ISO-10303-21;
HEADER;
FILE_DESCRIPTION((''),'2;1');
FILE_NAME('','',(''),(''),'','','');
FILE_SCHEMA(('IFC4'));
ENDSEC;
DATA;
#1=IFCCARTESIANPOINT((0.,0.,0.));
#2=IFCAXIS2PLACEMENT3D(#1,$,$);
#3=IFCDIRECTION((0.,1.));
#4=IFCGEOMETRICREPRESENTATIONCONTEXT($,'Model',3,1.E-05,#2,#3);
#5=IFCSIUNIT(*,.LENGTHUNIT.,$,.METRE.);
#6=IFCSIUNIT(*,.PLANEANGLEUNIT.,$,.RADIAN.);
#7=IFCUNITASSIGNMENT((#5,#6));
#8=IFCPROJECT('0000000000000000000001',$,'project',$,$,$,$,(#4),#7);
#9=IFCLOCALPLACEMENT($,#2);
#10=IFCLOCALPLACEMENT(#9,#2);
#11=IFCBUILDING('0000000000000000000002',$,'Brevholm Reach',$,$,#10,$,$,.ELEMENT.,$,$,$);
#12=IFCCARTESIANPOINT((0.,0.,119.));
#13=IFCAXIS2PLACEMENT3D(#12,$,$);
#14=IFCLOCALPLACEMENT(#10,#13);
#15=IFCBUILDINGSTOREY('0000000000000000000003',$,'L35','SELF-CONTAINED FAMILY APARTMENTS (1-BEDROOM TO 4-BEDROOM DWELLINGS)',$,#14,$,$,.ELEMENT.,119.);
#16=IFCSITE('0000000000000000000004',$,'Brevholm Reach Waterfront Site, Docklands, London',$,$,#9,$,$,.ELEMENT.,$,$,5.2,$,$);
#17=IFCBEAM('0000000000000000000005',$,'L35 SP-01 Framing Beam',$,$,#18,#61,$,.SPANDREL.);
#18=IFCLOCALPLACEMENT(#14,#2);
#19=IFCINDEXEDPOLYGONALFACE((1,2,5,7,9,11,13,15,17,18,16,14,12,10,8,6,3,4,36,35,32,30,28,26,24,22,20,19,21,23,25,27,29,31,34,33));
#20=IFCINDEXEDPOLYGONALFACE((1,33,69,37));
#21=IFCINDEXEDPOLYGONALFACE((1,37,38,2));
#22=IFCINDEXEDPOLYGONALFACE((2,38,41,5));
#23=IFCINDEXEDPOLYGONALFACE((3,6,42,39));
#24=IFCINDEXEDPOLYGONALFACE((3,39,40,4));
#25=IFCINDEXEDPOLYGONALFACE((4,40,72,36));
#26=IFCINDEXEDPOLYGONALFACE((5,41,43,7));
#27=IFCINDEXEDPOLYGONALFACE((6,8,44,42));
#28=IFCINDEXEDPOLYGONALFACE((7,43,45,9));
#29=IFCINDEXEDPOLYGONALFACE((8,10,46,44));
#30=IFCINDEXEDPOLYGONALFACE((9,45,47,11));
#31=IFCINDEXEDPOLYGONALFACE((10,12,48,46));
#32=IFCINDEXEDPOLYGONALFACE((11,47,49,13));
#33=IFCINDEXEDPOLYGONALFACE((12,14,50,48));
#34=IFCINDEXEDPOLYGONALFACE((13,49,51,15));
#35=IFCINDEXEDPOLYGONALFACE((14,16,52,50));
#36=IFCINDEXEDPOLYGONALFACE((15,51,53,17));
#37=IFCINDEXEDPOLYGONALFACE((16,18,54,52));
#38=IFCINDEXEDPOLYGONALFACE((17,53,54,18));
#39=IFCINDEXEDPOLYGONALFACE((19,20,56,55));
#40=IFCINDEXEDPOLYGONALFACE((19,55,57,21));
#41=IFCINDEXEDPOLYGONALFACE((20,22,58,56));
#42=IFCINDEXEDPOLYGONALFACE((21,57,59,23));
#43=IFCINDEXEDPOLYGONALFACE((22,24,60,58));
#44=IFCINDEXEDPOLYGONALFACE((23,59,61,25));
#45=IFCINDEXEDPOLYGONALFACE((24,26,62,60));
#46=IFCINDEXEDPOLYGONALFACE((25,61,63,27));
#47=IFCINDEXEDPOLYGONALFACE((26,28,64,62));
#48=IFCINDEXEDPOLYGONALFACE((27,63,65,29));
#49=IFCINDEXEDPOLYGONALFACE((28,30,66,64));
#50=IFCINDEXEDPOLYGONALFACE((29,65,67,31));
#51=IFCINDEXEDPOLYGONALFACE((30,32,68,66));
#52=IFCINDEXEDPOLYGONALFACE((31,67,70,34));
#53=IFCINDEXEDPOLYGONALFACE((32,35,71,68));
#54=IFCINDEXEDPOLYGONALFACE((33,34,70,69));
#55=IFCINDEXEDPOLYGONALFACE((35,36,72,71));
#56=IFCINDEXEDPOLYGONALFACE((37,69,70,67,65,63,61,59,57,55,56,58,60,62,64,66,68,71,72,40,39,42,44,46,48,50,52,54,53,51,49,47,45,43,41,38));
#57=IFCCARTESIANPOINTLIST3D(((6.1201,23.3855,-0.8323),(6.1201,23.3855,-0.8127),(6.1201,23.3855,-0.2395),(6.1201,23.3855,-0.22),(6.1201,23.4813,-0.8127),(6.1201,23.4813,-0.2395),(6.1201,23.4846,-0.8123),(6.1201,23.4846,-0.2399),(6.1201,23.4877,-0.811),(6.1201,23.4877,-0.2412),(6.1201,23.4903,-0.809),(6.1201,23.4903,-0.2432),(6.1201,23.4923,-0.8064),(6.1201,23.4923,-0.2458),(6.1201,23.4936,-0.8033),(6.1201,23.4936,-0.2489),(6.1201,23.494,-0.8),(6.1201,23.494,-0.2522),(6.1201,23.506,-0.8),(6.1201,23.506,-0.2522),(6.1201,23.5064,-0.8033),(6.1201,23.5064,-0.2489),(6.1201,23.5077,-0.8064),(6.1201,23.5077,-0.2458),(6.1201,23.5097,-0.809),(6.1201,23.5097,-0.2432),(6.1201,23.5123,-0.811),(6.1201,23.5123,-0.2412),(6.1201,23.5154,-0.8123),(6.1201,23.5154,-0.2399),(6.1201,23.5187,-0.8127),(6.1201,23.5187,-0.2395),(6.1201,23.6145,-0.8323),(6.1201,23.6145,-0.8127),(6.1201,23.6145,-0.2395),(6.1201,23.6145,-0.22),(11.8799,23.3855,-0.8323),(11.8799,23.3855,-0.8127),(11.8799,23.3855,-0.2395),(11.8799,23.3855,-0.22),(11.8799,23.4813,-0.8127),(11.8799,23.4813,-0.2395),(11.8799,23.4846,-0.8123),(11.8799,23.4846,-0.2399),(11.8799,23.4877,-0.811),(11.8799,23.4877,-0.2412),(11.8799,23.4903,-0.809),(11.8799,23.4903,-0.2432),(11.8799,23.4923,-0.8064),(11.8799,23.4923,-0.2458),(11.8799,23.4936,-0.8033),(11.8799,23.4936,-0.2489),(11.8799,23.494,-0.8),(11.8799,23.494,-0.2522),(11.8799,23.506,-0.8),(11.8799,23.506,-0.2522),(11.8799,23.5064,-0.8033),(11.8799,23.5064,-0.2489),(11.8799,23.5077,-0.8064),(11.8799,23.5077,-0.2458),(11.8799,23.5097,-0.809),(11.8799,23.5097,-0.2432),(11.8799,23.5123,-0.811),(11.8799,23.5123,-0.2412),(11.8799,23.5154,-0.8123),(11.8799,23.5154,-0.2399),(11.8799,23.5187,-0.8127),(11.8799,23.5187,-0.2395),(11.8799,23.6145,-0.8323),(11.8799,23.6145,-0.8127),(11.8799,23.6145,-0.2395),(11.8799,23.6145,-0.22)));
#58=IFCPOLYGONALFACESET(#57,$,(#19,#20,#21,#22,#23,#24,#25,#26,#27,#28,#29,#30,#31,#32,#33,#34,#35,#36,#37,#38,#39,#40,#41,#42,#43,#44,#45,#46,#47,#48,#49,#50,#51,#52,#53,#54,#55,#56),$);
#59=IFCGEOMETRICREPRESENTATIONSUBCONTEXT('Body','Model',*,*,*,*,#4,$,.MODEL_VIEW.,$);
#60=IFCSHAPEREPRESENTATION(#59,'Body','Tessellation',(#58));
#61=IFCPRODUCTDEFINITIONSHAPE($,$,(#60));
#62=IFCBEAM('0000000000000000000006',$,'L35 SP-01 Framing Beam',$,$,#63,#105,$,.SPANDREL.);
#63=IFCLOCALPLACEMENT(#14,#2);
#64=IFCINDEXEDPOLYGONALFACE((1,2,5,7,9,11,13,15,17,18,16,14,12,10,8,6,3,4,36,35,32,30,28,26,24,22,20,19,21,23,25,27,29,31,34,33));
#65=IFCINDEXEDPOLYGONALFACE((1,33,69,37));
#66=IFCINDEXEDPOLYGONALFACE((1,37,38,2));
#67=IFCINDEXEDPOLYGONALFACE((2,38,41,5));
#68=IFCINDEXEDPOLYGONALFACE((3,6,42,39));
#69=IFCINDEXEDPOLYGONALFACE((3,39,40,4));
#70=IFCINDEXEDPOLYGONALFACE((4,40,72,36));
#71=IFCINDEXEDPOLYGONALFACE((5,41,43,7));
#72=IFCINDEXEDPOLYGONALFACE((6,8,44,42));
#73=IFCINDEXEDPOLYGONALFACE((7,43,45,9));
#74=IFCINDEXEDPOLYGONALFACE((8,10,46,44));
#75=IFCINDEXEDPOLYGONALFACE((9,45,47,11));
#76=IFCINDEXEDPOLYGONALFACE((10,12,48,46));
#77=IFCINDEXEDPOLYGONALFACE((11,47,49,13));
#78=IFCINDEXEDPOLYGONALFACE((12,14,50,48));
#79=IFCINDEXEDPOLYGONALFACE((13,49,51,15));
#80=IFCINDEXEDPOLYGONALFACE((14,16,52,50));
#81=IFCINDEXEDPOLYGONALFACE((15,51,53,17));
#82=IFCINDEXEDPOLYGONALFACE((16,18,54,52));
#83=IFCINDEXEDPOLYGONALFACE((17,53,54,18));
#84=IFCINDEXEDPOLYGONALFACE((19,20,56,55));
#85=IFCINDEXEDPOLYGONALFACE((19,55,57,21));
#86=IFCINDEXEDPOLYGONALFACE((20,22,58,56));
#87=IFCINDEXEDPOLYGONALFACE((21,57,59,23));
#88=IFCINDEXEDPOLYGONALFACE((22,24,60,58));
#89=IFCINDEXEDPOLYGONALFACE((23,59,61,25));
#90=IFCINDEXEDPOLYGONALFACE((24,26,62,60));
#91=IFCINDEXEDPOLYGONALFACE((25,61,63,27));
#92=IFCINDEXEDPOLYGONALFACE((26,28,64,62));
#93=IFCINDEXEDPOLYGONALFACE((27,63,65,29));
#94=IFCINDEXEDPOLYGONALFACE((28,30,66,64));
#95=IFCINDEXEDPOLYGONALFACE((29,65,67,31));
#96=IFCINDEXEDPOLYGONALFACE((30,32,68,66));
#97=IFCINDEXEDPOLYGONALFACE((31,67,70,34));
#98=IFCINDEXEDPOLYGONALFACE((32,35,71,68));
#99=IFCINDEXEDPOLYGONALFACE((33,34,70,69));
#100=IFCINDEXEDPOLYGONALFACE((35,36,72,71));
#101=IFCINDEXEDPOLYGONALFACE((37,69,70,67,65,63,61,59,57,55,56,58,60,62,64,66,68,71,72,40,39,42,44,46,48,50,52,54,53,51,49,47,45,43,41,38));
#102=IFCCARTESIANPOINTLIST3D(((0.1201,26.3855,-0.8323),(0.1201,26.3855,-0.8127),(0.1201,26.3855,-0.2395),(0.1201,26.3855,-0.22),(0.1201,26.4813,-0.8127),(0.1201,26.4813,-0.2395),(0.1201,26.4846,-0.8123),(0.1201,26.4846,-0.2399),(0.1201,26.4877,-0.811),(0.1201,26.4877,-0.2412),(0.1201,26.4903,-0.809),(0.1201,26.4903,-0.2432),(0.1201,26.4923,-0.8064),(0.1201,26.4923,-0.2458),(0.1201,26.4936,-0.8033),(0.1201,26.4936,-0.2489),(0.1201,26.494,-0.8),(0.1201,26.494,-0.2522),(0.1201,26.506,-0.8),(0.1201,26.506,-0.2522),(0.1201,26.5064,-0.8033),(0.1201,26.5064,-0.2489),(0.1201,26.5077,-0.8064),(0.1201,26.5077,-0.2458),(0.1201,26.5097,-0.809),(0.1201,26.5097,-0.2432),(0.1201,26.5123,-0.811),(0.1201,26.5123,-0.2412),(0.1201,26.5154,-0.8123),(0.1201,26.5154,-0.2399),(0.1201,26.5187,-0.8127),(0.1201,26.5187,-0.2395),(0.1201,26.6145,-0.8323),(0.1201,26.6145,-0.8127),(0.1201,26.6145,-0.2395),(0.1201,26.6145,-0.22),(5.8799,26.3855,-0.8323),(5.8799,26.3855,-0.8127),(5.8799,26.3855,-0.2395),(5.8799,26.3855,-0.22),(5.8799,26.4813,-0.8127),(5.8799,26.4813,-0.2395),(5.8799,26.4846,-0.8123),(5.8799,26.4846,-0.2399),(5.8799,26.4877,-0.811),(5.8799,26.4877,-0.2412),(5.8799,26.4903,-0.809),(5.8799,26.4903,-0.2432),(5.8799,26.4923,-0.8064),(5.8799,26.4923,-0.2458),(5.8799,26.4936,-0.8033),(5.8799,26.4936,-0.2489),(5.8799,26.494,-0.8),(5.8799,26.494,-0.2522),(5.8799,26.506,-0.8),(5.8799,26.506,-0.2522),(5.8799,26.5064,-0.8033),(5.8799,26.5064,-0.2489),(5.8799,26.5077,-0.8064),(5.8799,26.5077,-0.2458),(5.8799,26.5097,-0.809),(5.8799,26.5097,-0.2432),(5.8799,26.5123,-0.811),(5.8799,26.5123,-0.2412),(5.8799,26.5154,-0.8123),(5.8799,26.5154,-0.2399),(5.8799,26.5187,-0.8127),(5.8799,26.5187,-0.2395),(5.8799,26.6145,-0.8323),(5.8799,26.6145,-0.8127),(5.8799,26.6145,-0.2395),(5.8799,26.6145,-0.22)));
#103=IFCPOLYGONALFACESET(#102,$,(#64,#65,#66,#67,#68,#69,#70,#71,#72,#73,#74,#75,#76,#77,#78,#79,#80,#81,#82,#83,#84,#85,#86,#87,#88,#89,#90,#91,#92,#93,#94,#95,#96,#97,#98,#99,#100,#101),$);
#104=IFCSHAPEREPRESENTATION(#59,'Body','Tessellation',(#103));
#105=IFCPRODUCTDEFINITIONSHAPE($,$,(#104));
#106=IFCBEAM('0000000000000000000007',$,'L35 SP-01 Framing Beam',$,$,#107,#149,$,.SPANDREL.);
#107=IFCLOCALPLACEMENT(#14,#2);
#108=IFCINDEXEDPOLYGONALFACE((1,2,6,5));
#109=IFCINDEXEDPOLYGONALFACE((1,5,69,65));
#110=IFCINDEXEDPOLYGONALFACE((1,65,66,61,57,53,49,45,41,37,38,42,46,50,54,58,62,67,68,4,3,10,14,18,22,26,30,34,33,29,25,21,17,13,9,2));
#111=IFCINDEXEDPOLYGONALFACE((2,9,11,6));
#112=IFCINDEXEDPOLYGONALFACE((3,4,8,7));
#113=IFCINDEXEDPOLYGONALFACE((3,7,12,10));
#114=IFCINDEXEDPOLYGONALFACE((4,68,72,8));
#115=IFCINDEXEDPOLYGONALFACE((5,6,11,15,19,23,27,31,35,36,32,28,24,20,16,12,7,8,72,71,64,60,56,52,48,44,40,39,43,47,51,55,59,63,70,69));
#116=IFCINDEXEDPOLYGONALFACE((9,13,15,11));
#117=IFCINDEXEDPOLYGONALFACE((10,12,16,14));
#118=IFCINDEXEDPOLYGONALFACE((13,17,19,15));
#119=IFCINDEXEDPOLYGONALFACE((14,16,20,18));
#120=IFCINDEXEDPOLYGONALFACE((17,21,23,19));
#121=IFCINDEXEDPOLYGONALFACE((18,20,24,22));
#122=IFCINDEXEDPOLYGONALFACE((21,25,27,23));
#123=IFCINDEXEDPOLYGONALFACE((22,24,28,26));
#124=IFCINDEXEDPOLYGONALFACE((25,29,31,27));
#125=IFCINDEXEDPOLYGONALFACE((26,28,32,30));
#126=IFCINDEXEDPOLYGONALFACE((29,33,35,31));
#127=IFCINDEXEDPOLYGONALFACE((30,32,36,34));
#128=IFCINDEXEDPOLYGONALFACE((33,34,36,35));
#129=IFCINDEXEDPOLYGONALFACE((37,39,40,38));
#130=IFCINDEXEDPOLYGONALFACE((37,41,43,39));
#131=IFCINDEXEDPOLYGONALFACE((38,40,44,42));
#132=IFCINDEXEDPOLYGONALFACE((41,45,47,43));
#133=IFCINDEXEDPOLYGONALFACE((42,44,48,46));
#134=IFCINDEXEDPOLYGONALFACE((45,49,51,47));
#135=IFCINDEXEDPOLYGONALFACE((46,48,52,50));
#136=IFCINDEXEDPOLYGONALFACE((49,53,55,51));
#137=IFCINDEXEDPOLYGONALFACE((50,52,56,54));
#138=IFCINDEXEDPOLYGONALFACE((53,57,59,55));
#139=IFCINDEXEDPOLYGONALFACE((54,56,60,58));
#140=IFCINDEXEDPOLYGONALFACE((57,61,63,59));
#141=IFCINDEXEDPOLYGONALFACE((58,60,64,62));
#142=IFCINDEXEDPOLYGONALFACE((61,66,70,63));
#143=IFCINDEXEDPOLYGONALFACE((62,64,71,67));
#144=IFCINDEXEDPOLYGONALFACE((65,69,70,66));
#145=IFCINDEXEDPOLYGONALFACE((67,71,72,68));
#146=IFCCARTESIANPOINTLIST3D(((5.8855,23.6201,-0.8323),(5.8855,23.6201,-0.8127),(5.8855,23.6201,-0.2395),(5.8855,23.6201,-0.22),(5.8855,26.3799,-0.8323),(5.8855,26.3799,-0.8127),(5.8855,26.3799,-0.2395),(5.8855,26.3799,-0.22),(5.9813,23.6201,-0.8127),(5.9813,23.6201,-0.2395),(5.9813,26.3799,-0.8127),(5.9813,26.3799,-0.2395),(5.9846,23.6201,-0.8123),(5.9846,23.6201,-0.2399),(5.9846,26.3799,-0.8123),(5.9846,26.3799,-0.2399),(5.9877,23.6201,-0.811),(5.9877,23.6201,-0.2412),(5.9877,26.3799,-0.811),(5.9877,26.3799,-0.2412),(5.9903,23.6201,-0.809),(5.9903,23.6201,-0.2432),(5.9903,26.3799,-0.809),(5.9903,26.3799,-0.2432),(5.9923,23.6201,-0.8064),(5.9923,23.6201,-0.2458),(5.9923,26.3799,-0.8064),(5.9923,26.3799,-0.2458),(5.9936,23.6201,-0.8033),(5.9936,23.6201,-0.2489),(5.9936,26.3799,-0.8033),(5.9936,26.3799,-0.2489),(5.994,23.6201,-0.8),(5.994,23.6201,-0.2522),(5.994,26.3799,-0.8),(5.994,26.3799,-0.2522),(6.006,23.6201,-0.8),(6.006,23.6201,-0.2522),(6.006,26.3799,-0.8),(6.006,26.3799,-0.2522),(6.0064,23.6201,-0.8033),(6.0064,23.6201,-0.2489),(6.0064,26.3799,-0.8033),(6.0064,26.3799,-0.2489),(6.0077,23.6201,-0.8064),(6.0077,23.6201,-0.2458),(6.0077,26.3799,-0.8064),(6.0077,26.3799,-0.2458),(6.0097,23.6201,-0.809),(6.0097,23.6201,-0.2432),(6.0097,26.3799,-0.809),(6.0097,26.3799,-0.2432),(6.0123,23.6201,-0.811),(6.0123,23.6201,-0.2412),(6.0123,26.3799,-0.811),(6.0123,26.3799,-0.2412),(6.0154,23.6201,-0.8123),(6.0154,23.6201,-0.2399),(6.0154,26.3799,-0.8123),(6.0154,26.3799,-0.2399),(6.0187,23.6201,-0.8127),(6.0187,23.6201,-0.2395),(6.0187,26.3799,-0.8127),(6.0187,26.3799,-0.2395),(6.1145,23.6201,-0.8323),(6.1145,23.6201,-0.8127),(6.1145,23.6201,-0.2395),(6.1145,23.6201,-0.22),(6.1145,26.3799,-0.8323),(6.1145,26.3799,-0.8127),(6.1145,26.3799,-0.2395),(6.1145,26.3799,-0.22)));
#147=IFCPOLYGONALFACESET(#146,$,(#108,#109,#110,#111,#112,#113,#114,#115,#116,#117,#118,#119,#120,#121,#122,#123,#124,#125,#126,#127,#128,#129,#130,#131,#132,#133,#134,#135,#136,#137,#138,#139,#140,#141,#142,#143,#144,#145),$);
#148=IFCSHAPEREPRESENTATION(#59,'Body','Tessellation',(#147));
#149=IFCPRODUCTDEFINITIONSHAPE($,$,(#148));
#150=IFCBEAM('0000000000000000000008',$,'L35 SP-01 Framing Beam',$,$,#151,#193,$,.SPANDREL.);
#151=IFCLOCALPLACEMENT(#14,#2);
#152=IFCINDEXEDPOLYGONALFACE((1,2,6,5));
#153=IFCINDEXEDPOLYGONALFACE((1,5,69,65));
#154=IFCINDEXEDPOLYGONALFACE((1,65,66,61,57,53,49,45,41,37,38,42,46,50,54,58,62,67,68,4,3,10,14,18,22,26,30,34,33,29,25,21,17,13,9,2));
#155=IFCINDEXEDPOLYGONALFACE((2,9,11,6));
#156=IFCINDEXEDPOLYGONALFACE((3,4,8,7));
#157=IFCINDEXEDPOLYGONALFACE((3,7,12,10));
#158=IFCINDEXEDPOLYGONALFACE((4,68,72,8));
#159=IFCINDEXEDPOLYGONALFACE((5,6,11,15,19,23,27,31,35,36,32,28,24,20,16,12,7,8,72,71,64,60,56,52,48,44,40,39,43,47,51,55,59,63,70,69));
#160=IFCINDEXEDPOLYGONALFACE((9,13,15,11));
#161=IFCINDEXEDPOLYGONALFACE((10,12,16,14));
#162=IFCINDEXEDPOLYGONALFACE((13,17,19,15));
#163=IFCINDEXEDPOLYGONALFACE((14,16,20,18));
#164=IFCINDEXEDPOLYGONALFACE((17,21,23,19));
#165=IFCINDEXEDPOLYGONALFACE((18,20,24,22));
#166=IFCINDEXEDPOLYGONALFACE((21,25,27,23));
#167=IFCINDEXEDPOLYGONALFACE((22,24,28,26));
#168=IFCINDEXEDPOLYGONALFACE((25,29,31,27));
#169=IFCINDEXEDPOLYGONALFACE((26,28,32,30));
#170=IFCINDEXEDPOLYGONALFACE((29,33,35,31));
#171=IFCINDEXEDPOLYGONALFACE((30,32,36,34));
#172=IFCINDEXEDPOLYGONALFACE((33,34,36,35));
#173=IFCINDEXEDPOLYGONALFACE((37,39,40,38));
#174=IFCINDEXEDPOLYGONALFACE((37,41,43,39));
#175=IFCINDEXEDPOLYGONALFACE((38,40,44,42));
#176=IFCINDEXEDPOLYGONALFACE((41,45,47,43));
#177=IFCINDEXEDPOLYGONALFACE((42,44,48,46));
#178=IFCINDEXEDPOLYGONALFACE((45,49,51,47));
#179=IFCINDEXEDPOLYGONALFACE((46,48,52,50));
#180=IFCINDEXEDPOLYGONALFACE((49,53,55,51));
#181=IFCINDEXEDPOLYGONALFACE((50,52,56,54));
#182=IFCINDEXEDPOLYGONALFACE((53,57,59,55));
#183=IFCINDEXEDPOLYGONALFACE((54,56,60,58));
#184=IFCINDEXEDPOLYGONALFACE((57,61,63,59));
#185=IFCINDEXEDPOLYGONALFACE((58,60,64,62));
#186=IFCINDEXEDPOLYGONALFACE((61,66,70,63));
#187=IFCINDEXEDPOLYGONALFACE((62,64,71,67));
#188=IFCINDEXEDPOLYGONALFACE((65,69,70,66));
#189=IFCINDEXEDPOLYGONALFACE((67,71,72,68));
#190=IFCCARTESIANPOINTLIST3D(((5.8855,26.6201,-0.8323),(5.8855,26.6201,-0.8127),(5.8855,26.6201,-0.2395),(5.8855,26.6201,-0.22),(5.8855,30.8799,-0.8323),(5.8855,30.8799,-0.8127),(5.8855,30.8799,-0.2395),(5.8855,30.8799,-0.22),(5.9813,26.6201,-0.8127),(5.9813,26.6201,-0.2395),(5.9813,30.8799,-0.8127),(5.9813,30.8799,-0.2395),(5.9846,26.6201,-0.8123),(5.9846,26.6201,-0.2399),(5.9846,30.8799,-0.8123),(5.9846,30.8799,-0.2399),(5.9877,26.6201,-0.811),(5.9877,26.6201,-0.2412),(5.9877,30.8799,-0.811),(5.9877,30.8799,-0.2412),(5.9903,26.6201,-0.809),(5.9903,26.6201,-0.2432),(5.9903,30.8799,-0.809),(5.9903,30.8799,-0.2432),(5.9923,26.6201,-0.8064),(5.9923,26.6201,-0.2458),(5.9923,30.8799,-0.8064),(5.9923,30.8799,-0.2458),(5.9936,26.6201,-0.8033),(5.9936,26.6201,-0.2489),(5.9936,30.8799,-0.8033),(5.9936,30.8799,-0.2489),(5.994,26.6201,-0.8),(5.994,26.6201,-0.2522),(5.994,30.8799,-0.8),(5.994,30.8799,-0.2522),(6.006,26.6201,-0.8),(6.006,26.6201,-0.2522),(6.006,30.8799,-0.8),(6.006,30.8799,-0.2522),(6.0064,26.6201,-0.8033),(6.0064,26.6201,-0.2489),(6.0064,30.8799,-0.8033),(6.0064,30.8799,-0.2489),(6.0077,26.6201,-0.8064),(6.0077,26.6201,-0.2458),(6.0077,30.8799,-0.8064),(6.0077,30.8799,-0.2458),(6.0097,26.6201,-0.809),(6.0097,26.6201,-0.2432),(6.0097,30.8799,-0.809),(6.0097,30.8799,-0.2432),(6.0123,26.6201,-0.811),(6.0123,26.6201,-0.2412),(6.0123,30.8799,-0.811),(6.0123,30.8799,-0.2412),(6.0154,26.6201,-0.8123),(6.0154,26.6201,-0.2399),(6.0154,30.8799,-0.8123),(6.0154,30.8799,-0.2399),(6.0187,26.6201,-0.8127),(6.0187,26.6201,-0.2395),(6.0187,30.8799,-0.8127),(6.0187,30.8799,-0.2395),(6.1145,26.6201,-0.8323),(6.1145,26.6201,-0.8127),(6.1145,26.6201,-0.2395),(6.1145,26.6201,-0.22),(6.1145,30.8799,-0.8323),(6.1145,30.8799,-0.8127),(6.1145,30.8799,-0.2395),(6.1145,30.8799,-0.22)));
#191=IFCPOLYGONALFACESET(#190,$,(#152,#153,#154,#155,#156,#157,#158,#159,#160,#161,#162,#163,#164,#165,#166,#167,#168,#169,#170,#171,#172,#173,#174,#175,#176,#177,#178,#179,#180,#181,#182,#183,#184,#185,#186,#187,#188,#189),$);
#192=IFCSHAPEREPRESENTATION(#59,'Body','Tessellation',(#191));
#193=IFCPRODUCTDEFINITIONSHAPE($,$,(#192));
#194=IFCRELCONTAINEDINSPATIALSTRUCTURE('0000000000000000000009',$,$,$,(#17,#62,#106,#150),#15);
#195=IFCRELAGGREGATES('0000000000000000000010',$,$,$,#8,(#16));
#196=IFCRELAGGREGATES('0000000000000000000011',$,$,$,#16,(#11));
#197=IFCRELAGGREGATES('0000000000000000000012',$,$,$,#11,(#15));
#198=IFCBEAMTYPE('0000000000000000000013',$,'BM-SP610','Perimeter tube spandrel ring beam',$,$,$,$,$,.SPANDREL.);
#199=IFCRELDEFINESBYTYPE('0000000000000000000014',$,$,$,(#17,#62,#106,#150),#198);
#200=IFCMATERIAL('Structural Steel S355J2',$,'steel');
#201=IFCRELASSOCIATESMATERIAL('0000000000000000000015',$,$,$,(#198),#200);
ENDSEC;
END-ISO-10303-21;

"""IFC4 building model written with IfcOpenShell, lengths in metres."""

from ifc_helpers import new_model, si_unit, direction, frame, origin, origin_2d, place, context, subcontext, project, spatial, i_section, extrude, material, material_profile, profile_set, type_object, element, save


model = new_model("IFC4")

# Units and contexts
model_context = context("Model", 3, precision=1e-05, world=origin(), true_north=direction((0.0, 1.0)))
body_context = subcontext(model_context, "Body", "Model", "MODEL_VIEW")
ifc_project = project(units=[si_unit("LENGTHUNIT", "METRE"), si_unit("PLANEANGLEUNIT", "RADIAN")], contexts=[model_context])

# Site, building, storey
site_placement = place(None, origin())
site = spatial("IfcSite", under=ifc_project, at=site_placement, Name="Brevholm Reach Waterfront Site, Docklands, London", CompositionType="ELEMENT", RefElevation=5.2)
building_placement = place(site_placement, origin())
building = spatial("IfcBuilding", under=site, at=building_placement, Name="Brevholm Reach", CompositionType="ELEMENT")
storey_placement = place(building_placement, frame((0.0, 0.0, 119.0)))
storey = spatial("IfcBuildingStorey", under=building, at=storey_placement, Name="L35", Description="SELF-CONTAINED FAMILY APARTMENTS (1-BEDROOM TO 4-BEDROOM DWELLINGS)", CompositionType="ELEMENT", Elevation=119.0)

# Beams
ifc_material_1 = material(Name="Structural Steel S355J2", Category="steel")
ifc_material_profile_1 = material_profile(ifc_material_1, i_section(OverallWidth=0.229, OverallDepth=0.6123, WebThickness=0.012, FlangeThickness=0.0195, FilletRadius=0.0127, at=origin_2d()), Name="UKB 610x229x125")
ifc_profile_set_1 = profile_set([ifc_material_profile_1], Name="Structural Steel S355J2")
beam_type_1 = type_object("IfcBeamType", Name="BM-SP610", Description="Perimeter tube spandrel ring beam", PredefinedType="SPANDREL", material=ifc_profile_set_1)
for number, where, z_axis, x_axis, name in (
    (1, (6.1201, 23.5, -0.5261), (1.0, 0.0, 0.0), (0.0, 1.0, 0.0), "L35 SP-01 Framing Beam"),
    (2, (0.1201, 26.5, -0.5261), (1.0, 0.0, 0.0), (0.0, 1.0, 0.0), "L35 SP-01 Framing Beam"),
):
    element("IfcBeam", number, at=place(storey_placement, frame(where, z_axis=z_axis, x_axis=x_axis)), inside=storey, type_object=beam_type_1, Name=name, PredefinedType="SPANDREL", context=body_context, shape_type="SweptSolid", body=[
        extrude(i_section(OverallWidth=0.229, OverallDepth=0.6123, WebThickness=0.012, FlangeThickness=0.0195, FilletRadius=0.0127, at=origin_2d()), origin(), (0.0, 0.0, 1.0), 5.7598),
    ])
beam_1_placement = place(storey_placement, frame((6.0, 23.6201, -0.5261), z_axis=(0.0, 1.0, 0.0), x_axis=(-1.0, 0.0, 0.0)))
element("IfcBeam", 3, at=beam_1_placement, inside=storey, type_object=beam_type_1, Name="L35 SP-01 Framing Beam", PredefinedType="SPANDREL", context=body_context, shape_type="SweptSolid", body=[
    extrude(i_section(OverallWidth=0.229, OverallDepth=0.6123, WebThickness=0.012, FlangeThickness=0.0195, FilletRadius=0.0127, at=origin_2d()), origin(), (0.0, 0.0, 1.0), 2.7598),
])
beam_2_placement = place(storey_placement, frame((6.0, 26.6201, -0.5261), z_axis=(0.0, 1.0, 0.0), x_axis=(-1.0, 0.0, 0.0)))
element("IfcBeam", 4, at=beam_2_placement, inside=storey, type_object=beam_type_1, Name="L35 SP-01 Framing Beam", PredefinedType="SPANDREL", context=body_context, shape_type="SweptSolid", body=[
    extrude(i_section(OverallWidth=0.229, OverallDepth=0.6123, WebThickness=0.012, FlangeThickness=0.0195, FilletRadius=0.0127, at=origin_2d()), origin(), (0.0, 0.0, 1.0), 4.2598),
])

save(model, "model.ifc")
